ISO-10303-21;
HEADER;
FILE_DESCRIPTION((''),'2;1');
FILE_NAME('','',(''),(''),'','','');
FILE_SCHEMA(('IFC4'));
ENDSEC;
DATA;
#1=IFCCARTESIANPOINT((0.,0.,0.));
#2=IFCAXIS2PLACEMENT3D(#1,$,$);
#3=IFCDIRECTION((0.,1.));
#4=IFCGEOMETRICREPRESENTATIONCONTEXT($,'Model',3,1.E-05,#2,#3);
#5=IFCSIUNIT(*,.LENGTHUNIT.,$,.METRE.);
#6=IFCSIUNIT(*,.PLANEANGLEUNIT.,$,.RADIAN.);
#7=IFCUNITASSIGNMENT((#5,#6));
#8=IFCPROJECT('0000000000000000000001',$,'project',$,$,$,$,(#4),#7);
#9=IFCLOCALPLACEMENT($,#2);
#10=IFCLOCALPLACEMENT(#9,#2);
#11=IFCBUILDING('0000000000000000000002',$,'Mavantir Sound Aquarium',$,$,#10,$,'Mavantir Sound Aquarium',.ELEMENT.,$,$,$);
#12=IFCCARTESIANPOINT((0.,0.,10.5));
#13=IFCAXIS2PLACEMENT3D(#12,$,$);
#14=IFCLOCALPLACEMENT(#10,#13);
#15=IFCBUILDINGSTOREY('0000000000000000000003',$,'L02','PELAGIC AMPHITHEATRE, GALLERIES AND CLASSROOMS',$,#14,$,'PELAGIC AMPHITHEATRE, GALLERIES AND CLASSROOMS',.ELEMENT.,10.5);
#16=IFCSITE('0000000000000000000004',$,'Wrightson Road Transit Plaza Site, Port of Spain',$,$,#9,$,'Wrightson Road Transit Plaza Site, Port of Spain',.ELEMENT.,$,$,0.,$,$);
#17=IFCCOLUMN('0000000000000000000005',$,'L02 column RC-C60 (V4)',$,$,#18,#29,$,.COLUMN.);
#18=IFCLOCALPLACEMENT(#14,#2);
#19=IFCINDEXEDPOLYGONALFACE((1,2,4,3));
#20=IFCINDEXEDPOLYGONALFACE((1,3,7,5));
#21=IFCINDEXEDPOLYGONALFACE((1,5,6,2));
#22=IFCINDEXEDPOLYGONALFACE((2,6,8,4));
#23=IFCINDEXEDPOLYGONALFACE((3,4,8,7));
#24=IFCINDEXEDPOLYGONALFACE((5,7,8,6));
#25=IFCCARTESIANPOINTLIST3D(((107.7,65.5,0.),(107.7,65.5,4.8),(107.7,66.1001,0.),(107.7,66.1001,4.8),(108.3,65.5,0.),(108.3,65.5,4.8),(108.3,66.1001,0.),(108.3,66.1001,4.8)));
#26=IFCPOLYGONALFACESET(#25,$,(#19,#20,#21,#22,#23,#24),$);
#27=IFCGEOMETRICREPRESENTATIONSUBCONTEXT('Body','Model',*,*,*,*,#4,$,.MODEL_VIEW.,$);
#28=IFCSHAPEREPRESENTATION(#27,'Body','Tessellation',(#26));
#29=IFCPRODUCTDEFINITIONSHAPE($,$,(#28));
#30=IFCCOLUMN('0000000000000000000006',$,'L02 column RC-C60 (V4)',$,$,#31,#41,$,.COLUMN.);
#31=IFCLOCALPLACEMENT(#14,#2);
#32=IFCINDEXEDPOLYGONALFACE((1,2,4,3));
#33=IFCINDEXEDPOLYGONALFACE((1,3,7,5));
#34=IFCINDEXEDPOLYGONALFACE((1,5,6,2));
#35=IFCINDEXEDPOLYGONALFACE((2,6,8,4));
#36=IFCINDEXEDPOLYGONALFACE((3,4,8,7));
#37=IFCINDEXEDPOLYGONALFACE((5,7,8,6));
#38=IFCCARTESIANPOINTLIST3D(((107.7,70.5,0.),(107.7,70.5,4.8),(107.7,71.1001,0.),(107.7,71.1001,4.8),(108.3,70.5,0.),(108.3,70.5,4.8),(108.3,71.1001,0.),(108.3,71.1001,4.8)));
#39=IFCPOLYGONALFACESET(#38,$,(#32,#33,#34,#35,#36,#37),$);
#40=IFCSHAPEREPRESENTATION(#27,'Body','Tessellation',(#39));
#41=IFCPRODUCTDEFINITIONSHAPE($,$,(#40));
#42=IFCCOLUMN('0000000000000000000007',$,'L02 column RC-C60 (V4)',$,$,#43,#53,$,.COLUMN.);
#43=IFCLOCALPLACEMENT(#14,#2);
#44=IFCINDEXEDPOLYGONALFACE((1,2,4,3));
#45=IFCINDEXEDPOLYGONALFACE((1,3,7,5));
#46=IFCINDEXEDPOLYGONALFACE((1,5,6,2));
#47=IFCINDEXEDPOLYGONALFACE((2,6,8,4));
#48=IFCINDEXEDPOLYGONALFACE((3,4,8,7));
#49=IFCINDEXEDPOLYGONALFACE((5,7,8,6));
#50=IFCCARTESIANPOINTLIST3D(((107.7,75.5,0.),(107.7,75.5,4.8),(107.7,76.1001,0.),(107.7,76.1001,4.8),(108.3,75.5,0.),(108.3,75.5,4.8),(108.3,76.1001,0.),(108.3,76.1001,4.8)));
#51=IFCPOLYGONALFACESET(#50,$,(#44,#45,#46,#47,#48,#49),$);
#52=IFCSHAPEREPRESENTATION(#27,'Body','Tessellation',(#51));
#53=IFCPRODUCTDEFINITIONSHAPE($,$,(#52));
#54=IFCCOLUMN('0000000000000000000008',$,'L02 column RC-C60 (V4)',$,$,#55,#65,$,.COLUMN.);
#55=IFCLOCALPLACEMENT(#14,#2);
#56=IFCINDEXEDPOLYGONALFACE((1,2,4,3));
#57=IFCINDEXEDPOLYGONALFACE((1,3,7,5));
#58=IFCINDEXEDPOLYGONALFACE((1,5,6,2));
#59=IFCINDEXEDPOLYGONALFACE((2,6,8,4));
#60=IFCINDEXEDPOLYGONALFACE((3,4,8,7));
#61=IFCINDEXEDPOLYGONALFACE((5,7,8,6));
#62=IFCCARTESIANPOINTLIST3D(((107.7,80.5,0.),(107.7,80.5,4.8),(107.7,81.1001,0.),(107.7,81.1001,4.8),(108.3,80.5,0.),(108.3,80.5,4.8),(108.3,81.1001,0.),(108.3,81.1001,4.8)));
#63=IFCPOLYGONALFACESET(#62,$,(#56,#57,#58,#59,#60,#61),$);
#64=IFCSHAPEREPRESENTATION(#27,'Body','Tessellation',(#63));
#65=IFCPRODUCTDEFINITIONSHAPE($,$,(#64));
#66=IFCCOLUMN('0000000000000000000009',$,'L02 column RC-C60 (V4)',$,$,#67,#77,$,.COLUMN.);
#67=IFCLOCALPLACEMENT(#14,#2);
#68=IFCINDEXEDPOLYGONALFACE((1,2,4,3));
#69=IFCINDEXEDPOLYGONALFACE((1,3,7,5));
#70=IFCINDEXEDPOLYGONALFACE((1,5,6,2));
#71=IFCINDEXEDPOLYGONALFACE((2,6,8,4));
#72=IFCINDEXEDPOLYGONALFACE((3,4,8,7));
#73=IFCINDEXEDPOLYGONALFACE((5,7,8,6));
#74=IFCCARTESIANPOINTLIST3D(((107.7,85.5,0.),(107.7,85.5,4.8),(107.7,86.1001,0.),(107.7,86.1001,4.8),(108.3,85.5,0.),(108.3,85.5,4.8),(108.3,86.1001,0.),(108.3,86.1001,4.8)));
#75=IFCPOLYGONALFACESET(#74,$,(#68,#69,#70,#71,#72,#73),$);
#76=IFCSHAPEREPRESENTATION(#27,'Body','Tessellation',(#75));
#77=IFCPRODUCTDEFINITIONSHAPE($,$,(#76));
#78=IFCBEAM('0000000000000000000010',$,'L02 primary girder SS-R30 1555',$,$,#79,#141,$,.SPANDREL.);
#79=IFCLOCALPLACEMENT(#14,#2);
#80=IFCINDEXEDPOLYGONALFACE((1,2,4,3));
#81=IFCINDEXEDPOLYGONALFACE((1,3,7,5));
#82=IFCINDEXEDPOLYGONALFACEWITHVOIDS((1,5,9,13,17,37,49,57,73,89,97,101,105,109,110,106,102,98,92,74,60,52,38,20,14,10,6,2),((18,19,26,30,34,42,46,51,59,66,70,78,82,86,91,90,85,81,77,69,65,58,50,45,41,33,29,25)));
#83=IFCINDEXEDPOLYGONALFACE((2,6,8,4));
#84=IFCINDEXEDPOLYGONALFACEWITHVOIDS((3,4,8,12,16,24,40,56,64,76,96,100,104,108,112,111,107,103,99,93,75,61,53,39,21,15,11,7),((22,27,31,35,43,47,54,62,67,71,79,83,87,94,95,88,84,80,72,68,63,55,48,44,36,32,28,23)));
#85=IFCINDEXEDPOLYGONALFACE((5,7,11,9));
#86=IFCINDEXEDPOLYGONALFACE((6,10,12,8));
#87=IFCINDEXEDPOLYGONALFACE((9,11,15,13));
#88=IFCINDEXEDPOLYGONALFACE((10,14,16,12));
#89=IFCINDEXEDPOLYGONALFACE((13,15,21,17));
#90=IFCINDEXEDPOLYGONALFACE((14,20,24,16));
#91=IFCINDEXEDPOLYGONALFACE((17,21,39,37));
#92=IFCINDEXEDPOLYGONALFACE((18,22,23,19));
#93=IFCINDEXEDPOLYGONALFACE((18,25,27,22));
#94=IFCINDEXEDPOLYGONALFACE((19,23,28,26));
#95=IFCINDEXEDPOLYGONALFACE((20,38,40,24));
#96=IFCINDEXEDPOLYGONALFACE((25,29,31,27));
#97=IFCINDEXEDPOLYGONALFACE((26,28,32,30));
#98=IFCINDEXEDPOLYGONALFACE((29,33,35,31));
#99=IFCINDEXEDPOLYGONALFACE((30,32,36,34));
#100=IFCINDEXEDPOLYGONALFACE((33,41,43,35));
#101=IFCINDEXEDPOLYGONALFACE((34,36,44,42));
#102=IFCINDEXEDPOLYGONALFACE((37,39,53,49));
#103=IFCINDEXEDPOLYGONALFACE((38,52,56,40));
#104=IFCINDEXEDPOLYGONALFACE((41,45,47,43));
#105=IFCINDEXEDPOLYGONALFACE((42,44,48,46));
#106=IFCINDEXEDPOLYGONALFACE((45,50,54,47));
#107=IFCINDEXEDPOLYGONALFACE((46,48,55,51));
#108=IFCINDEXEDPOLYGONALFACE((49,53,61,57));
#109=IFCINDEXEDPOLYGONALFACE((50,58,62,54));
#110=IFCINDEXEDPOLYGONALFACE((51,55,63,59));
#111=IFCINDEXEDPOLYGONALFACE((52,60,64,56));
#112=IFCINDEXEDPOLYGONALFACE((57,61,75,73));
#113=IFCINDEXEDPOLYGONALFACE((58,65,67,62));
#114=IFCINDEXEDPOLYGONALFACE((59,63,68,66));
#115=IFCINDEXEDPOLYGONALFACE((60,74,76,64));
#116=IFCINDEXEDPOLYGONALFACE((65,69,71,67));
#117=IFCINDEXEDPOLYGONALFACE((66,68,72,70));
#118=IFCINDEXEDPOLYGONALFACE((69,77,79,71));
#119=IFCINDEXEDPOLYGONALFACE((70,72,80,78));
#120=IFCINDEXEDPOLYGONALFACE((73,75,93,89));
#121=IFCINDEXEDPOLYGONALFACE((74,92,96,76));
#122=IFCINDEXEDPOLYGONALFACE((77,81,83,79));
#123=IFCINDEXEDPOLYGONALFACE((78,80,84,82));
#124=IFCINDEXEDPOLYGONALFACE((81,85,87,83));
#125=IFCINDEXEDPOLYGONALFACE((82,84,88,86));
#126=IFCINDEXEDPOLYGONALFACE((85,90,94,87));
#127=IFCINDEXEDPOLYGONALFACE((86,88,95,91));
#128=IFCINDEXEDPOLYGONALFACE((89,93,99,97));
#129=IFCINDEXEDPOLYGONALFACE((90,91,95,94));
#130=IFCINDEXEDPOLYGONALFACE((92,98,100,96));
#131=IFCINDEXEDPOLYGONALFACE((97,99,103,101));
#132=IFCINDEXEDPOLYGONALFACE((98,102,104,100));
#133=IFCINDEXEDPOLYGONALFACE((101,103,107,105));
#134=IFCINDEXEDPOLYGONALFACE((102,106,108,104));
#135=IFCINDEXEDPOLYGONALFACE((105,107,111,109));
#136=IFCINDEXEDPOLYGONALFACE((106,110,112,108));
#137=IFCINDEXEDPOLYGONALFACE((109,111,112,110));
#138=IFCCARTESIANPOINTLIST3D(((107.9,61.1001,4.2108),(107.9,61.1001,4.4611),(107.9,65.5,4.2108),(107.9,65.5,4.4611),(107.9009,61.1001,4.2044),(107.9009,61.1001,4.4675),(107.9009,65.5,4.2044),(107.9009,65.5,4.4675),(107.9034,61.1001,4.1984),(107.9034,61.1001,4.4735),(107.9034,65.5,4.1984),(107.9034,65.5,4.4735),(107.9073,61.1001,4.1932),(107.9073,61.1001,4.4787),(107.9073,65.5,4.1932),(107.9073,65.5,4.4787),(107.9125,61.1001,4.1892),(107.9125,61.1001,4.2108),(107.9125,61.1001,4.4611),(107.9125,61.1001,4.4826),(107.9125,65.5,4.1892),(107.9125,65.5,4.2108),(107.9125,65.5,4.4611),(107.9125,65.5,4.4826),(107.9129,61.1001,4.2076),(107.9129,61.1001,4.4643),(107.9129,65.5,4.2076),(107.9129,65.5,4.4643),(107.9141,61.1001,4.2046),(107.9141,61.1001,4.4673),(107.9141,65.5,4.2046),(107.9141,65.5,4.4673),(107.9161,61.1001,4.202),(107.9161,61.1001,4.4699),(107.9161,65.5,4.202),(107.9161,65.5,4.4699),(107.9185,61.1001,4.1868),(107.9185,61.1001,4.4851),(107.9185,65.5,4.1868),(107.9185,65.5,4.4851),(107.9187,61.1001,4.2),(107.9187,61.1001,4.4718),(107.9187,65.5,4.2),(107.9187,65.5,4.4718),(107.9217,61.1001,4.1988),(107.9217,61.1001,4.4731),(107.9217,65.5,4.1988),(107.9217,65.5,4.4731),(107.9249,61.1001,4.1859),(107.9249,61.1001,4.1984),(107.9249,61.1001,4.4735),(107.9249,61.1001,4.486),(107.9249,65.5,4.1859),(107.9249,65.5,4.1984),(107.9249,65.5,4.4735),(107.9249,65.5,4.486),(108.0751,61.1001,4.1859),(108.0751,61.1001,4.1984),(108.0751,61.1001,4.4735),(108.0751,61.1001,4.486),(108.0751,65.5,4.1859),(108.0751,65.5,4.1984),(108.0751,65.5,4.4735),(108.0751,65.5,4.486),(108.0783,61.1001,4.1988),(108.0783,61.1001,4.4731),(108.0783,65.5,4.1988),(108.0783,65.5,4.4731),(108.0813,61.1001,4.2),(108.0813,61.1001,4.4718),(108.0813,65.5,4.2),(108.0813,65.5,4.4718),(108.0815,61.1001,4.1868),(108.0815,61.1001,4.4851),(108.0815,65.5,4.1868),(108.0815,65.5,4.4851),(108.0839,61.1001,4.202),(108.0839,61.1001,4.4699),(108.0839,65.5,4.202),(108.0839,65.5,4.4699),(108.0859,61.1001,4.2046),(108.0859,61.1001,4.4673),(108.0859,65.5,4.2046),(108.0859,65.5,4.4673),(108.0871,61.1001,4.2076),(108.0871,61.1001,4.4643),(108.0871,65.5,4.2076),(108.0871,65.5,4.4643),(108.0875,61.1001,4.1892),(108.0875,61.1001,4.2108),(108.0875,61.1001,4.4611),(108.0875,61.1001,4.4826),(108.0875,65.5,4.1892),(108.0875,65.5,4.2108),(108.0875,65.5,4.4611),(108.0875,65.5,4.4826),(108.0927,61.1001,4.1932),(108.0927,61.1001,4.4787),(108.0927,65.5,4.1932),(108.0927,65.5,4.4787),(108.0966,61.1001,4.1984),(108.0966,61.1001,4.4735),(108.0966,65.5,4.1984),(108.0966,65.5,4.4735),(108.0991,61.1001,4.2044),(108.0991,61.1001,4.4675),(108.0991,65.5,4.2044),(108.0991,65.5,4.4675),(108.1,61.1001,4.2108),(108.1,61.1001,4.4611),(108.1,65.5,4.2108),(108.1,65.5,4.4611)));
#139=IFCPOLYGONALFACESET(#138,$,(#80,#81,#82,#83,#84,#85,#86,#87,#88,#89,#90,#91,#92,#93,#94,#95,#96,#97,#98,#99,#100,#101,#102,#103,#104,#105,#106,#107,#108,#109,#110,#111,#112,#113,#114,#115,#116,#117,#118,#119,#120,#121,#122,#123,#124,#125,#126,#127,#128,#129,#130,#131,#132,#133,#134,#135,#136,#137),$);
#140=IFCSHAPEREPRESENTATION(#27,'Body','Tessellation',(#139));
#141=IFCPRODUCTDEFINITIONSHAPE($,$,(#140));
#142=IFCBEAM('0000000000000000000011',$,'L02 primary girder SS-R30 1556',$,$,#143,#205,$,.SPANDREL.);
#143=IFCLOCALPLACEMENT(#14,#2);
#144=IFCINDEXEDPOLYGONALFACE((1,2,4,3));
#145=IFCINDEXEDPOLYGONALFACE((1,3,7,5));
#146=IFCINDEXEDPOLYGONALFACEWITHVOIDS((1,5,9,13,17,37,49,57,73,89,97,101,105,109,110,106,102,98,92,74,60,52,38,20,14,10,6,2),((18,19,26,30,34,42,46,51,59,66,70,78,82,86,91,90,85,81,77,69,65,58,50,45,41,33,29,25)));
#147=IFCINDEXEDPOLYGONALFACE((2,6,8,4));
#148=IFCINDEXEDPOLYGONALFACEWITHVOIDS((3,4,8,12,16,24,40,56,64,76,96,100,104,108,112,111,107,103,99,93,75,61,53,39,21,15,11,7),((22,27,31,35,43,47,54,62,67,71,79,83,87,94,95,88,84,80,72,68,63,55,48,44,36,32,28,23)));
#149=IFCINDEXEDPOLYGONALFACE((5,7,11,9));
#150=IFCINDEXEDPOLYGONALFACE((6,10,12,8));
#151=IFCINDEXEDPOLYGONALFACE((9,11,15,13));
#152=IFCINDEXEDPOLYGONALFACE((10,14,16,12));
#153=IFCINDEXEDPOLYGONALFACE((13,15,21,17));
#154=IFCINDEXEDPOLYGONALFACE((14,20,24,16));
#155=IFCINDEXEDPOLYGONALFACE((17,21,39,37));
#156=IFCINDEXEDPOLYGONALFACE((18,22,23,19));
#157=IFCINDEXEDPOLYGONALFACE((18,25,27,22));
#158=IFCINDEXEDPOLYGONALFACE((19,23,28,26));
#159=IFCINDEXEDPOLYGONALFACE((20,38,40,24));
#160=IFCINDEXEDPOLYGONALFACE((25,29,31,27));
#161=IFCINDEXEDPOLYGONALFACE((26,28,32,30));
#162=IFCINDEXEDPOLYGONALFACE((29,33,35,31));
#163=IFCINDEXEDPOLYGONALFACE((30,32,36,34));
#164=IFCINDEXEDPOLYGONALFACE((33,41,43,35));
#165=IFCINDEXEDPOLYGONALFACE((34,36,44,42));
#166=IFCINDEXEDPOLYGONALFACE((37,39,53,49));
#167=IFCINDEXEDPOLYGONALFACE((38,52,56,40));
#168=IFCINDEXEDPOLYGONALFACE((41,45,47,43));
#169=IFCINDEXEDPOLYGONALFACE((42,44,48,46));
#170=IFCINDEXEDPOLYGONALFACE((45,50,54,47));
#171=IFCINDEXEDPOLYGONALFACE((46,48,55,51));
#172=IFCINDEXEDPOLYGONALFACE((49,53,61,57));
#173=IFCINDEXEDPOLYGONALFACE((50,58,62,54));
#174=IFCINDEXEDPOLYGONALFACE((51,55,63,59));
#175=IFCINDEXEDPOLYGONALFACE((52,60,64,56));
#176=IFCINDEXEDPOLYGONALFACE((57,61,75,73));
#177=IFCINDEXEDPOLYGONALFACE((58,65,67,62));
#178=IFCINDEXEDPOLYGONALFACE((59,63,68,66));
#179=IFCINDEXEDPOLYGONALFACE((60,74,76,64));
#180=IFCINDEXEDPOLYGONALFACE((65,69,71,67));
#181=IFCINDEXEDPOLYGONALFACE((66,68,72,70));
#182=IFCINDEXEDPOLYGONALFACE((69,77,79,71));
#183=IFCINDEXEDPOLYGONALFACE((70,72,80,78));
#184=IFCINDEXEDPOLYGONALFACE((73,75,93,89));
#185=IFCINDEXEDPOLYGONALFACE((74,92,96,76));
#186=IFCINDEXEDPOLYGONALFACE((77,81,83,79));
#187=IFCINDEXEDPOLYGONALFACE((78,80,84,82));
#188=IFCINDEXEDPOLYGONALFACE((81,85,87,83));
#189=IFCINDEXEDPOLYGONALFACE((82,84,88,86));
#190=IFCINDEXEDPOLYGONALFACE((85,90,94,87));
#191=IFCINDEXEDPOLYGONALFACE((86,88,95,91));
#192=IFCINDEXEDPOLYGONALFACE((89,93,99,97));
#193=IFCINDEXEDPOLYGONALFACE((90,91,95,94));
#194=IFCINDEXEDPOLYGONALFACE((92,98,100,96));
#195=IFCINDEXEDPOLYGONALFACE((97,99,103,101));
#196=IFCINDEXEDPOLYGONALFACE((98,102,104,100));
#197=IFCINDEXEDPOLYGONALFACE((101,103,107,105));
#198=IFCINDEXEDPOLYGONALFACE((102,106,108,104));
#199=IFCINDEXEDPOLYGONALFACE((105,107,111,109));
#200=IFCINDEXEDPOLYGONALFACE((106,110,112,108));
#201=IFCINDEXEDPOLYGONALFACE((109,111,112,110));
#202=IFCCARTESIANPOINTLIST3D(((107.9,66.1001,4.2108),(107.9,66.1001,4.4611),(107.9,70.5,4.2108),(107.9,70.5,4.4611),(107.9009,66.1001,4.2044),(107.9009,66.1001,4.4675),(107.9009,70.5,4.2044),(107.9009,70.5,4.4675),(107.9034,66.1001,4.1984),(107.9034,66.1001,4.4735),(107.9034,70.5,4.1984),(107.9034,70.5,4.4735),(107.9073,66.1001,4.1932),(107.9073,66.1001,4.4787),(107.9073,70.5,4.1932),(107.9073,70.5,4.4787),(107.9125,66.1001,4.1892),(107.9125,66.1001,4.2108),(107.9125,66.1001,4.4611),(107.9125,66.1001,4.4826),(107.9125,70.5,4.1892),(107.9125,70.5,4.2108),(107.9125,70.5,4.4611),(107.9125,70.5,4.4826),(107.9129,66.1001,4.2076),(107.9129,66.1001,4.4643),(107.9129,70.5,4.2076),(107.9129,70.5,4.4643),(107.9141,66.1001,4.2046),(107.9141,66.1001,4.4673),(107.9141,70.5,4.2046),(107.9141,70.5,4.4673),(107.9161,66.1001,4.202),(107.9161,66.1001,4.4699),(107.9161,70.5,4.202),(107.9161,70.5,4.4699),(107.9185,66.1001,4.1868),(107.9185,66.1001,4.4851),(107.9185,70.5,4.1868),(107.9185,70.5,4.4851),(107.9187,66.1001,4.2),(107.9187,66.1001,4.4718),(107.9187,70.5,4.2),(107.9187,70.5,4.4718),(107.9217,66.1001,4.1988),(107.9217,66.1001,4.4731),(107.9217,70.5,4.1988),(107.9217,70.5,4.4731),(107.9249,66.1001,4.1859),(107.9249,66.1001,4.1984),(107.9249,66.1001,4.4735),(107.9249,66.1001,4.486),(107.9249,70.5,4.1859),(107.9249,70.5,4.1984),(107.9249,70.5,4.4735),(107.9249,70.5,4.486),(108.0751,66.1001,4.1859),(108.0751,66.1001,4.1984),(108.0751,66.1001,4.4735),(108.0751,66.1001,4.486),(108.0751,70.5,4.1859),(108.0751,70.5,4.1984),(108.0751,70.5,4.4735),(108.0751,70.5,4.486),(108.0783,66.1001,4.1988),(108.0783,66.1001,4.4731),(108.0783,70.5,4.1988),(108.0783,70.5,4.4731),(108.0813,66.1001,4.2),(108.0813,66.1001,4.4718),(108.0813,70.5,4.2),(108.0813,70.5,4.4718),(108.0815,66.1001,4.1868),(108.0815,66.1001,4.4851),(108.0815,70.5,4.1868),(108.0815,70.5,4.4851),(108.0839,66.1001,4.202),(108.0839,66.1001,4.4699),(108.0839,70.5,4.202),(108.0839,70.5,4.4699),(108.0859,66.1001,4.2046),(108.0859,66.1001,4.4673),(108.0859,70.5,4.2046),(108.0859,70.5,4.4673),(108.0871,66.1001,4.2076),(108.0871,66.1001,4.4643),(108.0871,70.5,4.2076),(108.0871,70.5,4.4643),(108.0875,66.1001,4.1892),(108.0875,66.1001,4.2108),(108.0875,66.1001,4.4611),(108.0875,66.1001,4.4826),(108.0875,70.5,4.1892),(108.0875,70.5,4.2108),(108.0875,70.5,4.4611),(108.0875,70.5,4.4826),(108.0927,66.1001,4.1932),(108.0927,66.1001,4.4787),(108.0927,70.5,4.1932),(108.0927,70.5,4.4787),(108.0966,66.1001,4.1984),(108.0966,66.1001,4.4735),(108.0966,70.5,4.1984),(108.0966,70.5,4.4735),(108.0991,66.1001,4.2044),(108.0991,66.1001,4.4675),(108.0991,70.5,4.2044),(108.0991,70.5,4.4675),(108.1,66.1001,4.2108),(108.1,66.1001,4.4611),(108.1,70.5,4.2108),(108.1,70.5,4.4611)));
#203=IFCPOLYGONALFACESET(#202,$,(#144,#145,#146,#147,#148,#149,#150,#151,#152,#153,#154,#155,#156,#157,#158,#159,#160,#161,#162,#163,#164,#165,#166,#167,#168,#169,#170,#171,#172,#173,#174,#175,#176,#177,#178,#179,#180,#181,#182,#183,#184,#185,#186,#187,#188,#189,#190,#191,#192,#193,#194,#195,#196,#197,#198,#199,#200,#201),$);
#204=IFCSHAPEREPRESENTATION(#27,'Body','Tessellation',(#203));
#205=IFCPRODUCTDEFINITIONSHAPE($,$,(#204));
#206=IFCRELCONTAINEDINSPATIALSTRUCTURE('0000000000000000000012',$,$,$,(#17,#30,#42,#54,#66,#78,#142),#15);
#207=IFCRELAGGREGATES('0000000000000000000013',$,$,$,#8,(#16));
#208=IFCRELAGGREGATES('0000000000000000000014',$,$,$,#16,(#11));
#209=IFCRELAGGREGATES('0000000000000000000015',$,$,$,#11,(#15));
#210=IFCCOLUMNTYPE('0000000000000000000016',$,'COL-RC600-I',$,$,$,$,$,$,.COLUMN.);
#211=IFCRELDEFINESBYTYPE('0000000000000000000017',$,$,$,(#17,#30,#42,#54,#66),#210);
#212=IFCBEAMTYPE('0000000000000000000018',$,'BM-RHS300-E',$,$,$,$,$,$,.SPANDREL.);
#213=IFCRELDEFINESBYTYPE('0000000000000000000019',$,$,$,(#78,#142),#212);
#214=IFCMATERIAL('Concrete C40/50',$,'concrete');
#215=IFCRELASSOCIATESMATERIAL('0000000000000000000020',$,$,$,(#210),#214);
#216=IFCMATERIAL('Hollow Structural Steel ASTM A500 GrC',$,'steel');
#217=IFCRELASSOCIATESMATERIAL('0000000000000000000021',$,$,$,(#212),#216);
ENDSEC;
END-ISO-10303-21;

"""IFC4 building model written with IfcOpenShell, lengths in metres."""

from ifc_helpers import new_model, si_unit, direction, frame, origin, origin_2d, place, context, subcontext, project, spatial, rectangle, hollow_rectangle, extrude, material, material_profile, profile_set, type_object, element, save


model = new_model("IFC4")

# Units and contexts
model_context = context("Model", 3, precision=1e-05, world=origin(), true_north=direction((0.0, 1.0)))
body_context = subcontext(model_context, "Body", "Model", "MODEL_VIEW")
ifc_project = project(units=[si_unit("LENGTHUNIT", "METRE"), si_unit("PLANEANGLEUNIT", "RADIAN")], contexts=[model_context])

# Site, building, storey
site_placement = place(None, origin())
site = spatial("IfcSite", under=ifc_project, at=site_placement, Name="Wrightson Road Transit Plaza Site, Port of Spain", LongName="Wrightson Road Transit Plaza Site, Port of Spain", CompositionType="ELEMENT", RefElevation=0.0)
building_placement = place(site_placement, origin())
building = spatial("IfcBuilding", under=site, at=building_placement, Name="Mavantir Sound Aquarium", LongName="Mavantir Sound Aquarium", CompositionType="ELEMENT")
storey_placement = place(building_placement, frame((0.0, 0.0, 10.5)))
storey = spatial("IfcBuildingStorey", under=building, at=storey_placement, Name="L02", Description="PELAGIC AMPHITHEATRE, GALLERIES AND CLASSROOMS", LongName="PELAGIC AMPHITHEATRE, GALLERIES AND CLASSROOMS", CompositionType="ELEMENT", Elevation=10.5)

# Columns
ifc_material_1 = material(Name="Concrete C40/50", Category="concrete")
ifc_material_profile_1 = material_profile(ifc_material_1, rectangle(XDim=0.6001, YDim=0.6001, at=origin_2d()), Name="RC 600X600")
ifc_profile_set_1 = profile_set([ifc_material_profile_1], Name="Concrete C40/50")
column_type = type_object("IfcColumnType", Name="COL-RC600-I", PredefinedType="COLUMN", material=ifc_profile_set_1)
for number, where, z_axis, x_axis, name in (
    (1, (108.0, 65.8, 0.0), (0.0, 0.0, 1.0), (1.0, 0.0, 0.0), "L02 column RC-C60 (V4)"),
    (2, (108.0, 70.8, 0.0), (0.0, 0.0, 1.0), (1.0, 0.0, 0.0), "L02 column RC-C60 (V4)"),
    (3, (108.0, 75.8, 0.0), (0.0, 0.0, 1.0), (1.0, 0.0, 0.0), "L02 column RC-C60 (V4)"),
    (4, (108.0, 80.8, 0.0), (0.0, 0.0, 1.0), (1.0, 0.0, 0.0), "L02 column RC-C60 (V4)"),
    (5, (108.0, 85.8, 0.0), (0.0, 0.0, 1.0), (1.0, 0.0, 0.0), "L02 column RC-C60 (V4)"),
):
    element("IfcColumn", number, at=place(storey_placement, frame(where, z_axis=z_axis, x_axis=x_axis)), inside=storey, type_object=column_type, Name=name, PredefinedType="COLUMN", context=body_context, shape_type="SweptSolid", body=[
        extrude(rectangle(XDim=0.6001, YDim=0.6001, at=origin_2d()), origin(), (0.0, 0.0, 1.0), 4.8),
    ])

# Beams
ifc_material_2 = material(Name="Hollow Structural Steel ASTM A500 GrC", Category="steel")
ifc_material_profile_2 = material_profile(ifc_material_2, hollow_rectangle(XDim=0.2, YDim=0.3, WallThickness=0.0125, InnerFilletRadius=0.0125, OuterFilletRadius=0.0249, at=origin_2d()), Name="RHS 300X200X12.5")
ifc_profile_set_2 = profile_set([ifc_material_profile_2], Name="Hollow Structural Steel ASTM A500 GrC")
beam_type = type_object("IfcBeamType", Name="BM-RHS300-E", PredefinedType="SPANDREL", material=ifc_profile_set_2)
for number, where, z_axis, x_axis, name in (
    (6, (108.0, 61.1001, 4.3359), (0.0, 1.0, 0.0), (-1.0, 0.0, 0.0), "L02 primary girder SS-R30 1555"),
    (7, (108.0, 66.1001, 4.3359), (0.0, 1.0, 0.0), (-1.0, 0.0, 0.0), "L02 primary girder SS-R30 1556"),
):
    element("IfcBeam", number, at=place(storey_placement, frame(where, z_axis=z_axis, x_axis=x_axis)), inside=storey, type_object=beam_type, Name=name, PredefinedType="SPANDREL", context=body_context, shape_type="SweptSolid", body=[
        extrude(hollow_rectangle(XDim=0.2, YDim=0.3, WallThickness=0.0125, InnerFilletRadius=0.0125, OuterFilletRadius=0.0249, at=origin_2d()), origin(), (0.0, 0.0, 1.0), 4.3999),
    ])

save(model, "model.ifc")
